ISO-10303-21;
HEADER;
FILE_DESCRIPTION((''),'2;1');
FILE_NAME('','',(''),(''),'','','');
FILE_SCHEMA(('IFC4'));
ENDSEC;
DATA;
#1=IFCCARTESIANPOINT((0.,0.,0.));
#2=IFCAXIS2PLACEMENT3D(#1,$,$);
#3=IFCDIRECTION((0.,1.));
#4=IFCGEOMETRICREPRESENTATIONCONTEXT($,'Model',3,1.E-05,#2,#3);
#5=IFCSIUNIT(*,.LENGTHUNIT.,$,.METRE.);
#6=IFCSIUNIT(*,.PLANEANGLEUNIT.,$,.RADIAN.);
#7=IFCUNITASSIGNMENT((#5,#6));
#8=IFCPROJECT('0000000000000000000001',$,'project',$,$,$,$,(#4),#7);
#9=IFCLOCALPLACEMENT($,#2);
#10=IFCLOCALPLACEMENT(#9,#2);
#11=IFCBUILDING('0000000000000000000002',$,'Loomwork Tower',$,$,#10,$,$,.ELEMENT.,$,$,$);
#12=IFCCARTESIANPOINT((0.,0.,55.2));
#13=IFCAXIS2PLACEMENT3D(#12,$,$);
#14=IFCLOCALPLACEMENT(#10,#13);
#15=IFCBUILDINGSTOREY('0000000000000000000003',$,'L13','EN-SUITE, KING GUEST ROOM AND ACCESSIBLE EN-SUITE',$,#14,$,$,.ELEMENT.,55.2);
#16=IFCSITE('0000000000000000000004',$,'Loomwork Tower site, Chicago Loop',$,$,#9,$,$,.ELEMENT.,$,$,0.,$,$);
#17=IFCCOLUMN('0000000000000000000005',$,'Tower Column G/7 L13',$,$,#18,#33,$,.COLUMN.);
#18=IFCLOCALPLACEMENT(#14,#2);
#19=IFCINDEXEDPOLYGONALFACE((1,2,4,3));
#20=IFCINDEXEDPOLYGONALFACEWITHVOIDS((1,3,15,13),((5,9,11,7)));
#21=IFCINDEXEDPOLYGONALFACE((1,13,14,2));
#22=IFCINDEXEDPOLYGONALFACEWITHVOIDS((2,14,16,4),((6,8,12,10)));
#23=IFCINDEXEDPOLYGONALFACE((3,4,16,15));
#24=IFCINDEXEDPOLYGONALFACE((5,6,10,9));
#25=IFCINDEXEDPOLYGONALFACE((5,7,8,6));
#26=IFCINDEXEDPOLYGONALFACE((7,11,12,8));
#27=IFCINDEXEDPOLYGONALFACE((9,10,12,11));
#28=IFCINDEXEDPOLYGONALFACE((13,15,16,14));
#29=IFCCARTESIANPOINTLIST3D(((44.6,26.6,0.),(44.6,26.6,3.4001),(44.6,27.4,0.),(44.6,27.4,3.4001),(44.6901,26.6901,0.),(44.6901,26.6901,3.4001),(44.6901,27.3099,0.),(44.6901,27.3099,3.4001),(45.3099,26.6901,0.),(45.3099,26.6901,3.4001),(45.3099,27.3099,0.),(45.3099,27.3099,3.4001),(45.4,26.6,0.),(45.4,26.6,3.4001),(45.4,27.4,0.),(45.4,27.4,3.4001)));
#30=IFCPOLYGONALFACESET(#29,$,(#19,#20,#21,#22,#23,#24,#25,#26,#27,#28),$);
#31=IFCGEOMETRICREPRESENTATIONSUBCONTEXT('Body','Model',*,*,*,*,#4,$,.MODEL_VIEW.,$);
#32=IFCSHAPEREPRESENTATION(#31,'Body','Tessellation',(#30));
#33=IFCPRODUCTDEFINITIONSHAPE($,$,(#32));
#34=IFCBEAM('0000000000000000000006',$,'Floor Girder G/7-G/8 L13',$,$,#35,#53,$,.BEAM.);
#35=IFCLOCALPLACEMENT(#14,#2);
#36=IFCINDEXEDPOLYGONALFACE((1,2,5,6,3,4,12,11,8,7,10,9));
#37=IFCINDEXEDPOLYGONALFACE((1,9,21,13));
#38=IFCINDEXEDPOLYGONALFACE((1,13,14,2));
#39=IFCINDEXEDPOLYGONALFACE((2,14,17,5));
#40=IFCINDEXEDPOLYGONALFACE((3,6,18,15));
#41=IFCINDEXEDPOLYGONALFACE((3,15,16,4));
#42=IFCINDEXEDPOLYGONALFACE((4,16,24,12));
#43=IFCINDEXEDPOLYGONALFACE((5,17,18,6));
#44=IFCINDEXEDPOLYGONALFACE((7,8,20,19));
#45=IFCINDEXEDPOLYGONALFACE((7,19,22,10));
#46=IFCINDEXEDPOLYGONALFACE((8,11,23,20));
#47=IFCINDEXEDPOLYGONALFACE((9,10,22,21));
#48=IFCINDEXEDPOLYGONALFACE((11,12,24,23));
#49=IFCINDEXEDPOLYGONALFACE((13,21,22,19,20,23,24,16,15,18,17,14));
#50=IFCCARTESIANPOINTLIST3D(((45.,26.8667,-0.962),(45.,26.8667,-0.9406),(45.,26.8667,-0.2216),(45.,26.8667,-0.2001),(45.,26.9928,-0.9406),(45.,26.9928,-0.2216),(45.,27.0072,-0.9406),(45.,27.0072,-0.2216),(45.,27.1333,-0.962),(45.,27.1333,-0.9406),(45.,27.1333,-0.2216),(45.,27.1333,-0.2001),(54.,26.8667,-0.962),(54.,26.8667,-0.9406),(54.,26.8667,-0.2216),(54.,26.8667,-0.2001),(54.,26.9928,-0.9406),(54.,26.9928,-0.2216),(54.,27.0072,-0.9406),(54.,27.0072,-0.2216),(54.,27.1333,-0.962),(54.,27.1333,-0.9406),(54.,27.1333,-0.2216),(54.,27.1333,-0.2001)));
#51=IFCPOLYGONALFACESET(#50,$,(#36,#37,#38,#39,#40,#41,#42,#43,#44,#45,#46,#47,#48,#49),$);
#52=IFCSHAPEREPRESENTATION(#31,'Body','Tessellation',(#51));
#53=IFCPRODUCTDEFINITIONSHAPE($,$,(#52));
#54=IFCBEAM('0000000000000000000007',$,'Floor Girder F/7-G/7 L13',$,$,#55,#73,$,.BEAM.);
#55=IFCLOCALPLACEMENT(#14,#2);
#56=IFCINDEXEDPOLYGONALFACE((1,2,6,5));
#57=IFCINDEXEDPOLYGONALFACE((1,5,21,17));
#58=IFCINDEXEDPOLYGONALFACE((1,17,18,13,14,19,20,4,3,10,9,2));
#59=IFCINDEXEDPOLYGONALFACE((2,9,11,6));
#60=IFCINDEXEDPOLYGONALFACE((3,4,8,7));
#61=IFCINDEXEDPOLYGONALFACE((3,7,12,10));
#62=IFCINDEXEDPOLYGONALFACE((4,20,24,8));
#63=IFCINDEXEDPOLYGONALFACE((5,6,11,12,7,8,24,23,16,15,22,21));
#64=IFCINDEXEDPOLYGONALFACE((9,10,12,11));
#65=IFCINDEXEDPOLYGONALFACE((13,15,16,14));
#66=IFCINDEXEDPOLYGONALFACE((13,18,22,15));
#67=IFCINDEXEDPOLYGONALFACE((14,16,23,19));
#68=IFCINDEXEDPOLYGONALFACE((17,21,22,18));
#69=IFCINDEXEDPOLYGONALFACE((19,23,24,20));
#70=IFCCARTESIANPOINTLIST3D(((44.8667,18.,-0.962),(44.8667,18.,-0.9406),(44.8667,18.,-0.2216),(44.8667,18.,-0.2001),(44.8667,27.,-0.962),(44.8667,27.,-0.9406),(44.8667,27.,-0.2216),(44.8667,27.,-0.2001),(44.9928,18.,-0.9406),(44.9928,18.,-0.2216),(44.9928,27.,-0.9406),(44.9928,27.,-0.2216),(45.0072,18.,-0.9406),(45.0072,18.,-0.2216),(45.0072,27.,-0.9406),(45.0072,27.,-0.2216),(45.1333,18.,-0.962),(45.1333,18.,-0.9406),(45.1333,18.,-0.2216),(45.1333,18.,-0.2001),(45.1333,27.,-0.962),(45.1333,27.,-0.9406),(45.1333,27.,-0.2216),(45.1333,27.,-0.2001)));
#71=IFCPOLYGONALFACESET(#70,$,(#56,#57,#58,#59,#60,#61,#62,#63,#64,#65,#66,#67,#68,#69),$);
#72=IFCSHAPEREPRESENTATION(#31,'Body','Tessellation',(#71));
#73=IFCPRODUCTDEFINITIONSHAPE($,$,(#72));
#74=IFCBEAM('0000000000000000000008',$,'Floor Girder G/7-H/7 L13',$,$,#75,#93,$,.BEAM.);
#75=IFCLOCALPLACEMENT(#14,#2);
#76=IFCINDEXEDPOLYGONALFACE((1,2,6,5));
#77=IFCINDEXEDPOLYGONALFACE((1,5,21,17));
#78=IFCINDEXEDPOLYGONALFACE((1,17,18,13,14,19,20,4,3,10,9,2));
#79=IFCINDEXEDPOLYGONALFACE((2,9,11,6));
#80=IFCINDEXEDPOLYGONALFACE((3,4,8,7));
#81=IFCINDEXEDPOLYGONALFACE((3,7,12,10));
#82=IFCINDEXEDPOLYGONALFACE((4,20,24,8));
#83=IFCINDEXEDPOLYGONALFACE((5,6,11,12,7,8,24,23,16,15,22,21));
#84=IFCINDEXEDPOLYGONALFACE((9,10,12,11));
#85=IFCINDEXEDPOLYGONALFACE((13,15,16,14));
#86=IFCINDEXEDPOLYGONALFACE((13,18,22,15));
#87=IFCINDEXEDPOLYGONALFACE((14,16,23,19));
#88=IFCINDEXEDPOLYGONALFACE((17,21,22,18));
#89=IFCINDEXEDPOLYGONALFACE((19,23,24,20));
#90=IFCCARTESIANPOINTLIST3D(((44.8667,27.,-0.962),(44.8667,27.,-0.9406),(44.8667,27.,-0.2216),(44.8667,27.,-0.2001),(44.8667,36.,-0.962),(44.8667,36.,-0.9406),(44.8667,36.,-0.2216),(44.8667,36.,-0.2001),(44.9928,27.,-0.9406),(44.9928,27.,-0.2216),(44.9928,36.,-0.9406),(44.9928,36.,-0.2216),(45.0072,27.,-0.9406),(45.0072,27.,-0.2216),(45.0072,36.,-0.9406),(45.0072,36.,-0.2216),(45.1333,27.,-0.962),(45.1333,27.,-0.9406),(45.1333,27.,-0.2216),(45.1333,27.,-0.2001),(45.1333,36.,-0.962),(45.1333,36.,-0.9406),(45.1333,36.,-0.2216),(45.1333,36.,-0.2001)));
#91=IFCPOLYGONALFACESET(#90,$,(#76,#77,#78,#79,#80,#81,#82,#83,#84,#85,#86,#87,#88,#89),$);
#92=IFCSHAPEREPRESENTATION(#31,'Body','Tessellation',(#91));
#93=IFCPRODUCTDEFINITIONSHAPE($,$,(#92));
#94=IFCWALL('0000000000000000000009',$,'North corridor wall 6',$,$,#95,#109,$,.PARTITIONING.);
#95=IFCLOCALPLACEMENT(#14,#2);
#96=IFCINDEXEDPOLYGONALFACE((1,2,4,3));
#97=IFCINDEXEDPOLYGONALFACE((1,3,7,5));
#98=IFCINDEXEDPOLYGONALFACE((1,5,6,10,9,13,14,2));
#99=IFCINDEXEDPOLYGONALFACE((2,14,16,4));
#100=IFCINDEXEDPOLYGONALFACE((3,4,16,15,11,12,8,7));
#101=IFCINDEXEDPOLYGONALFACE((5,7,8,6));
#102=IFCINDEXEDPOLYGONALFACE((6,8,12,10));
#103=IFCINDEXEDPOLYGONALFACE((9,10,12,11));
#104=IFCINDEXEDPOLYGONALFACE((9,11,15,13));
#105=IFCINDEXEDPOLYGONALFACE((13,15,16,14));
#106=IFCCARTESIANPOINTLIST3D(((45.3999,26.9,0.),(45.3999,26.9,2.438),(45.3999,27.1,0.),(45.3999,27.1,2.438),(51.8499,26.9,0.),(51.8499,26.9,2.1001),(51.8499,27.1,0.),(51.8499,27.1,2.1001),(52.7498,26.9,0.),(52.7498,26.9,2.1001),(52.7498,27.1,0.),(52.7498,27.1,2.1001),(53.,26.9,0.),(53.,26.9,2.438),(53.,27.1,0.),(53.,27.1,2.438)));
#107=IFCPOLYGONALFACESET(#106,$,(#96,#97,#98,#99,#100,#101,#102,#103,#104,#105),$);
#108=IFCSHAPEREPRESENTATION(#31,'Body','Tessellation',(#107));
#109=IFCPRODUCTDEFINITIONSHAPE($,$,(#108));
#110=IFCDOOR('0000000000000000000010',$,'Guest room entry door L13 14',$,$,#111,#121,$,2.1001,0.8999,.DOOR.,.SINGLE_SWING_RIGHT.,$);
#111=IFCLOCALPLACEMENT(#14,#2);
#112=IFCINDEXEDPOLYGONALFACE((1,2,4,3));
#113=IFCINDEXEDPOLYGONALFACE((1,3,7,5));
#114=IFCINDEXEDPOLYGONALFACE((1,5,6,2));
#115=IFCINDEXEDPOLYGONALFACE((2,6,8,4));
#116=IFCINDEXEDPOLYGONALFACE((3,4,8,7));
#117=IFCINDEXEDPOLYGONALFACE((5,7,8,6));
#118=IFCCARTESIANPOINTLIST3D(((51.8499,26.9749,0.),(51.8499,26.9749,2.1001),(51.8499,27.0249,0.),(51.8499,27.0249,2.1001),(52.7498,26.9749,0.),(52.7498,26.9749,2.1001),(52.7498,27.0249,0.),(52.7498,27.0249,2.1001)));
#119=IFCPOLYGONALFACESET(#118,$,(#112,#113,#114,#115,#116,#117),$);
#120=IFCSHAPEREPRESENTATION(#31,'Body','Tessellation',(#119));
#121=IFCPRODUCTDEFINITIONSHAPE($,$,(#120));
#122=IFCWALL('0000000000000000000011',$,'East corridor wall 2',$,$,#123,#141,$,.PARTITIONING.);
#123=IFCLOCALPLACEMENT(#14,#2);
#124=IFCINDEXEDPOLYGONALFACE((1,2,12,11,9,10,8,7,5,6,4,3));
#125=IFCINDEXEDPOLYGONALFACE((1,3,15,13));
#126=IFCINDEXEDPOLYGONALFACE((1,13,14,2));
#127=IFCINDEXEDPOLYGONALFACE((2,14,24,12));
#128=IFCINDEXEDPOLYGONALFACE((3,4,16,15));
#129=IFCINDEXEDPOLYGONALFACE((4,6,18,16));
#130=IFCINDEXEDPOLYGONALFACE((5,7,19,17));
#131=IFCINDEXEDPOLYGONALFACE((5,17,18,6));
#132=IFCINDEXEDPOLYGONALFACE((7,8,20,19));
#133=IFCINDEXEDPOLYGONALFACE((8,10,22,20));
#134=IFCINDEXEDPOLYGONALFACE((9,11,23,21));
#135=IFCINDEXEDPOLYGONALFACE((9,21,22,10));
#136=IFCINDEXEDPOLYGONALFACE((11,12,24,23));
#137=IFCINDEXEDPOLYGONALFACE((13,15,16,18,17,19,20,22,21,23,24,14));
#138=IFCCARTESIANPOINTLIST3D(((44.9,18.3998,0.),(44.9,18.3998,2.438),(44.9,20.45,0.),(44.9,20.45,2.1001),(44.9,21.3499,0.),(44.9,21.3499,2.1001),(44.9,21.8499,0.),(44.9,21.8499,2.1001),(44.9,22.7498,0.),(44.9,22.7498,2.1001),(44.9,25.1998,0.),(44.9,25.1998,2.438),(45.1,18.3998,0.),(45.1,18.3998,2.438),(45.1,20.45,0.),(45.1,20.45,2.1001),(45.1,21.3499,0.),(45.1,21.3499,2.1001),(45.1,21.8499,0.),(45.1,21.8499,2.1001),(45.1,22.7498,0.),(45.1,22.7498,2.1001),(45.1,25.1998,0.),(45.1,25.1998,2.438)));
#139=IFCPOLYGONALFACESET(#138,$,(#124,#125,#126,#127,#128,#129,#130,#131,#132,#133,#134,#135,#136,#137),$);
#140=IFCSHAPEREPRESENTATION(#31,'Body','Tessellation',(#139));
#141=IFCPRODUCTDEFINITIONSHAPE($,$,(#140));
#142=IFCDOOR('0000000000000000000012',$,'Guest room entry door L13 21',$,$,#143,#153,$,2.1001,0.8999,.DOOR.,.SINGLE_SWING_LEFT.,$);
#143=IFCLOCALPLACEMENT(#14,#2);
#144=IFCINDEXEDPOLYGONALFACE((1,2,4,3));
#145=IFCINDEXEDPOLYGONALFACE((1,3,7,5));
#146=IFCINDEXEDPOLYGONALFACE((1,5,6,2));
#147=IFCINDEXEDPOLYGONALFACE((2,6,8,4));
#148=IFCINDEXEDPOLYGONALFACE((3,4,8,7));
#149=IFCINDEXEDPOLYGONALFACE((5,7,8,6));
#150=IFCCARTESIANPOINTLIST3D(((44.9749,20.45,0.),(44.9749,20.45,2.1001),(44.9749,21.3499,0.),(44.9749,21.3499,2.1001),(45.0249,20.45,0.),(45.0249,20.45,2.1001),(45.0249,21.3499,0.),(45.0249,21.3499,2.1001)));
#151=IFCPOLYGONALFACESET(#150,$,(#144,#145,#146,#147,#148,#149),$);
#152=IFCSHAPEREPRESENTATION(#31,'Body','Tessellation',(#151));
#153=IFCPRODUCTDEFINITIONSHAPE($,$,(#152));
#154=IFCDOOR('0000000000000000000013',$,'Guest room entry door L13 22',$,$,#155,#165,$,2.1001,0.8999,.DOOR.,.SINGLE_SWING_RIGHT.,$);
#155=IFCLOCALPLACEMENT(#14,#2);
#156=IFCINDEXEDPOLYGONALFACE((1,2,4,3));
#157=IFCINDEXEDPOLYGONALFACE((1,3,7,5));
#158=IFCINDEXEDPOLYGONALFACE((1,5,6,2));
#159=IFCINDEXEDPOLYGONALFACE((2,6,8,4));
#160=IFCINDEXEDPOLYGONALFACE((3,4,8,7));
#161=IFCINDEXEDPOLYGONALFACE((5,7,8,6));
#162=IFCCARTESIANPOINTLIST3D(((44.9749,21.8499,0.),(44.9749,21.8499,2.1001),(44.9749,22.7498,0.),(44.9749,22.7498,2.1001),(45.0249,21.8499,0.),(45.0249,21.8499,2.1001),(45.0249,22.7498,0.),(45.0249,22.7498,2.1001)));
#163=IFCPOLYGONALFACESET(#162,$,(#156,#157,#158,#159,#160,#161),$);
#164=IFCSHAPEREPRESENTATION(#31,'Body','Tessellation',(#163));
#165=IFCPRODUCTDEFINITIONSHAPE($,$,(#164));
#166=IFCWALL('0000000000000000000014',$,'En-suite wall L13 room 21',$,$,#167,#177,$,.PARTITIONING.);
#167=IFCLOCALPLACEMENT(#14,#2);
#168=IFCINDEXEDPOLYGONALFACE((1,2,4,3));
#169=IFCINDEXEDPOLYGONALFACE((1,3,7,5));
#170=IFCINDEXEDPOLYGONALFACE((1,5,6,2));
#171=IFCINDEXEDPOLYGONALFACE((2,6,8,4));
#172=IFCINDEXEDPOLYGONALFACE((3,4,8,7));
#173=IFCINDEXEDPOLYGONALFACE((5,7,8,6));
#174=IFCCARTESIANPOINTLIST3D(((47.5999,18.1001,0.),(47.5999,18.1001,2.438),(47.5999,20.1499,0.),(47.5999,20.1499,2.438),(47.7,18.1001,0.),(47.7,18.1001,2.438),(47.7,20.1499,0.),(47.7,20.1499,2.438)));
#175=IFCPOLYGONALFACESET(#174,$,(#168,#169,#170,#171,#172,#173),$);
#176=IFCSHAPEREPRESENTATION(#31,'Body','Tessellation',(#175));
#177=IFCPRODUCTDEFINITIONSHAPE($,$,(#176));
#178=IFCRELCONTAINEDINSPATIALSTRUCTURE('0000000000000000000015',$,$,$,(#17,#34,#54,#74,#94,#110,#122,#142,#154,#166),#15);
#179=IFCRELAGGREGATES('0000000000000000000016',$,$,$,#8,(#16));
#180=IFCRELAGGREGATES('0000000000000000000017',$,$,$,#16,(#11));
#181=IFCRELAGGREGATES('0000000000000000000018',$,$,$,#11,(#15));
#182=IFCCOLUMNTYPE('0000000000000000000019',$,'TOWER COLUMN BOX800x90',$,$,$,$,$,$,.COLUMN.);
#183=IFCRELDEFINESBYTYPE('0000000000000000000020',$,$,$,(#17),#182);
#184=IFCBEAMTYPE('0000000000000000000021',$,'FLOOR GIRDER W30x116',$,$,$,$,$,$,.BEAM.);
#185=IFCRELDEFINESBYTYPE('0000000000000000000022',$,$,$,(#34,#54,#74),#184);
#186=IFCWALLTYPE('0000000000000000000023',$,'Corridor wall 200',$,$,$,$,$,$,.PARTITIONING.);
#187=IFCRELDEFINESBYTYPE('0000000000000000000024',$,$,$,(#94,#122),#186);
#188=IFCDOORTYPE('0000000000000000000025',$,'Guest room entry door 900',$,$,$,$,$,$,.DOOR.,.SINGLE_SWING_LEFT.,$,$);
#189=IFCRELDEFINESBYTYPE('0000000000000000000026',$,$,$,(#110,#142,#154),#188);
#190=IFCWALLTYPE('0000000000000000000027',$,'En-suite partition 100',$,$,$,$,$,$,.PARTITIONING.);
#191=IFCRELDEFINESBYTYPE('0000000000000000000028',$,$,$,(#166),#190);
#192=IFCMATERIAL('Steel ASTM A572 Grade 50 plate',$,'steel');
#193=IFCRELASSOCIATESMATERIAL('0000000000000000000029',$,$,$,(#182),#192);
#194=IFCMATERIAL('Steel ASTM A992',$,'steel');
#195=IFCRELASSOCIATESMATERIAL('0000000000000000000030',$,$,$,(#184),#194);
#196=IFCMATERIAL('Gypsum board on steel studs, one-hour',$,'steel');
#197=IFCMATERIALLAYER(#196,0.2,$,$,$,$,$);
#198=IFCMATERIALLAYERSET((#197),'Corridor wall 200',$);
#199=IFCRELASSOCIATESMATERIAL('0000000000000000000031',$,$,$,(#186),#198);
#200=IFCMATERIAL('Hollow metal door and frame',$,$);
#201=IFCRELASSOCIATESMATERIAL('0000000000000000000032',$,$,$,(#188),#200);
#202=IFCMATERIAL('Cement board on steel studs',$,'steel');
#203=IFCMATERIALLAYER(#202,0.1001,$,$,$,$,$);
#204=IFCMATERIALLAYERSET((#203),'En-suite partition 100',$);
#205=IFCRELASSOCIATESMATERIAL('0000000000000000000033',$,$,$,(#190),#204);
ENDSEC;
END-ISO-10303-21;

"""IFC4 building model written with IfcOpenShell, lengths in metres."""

from ifc_helpers import new_model, si_unit, direction, frame, frame_2d, origin, origin_2d, place, context, subcontext, project, spatial, rectangle, hollow_rectangle, i_section, extrude, material, layer, layer_set, material_profile, profile_set, type_object, element, fill, save


model = new_model("IFC4")

# Units and contexts
model_context = context("Model", 3, precision=1e-05, world=origin(), true_north=direction((0.0, 1.0)))
body_context = subcontext(model_context, "Body", "Model", "MODEL_VIEW")
ifc_project = project(units=[si_unit("LENGTHUNIT", "METRE"), si_unit("PLANEANGLEUNIT", "RADIAN")], contexts=[model_context])

# Site, building, storey
site_placement = place(None, origin())
site = spatial("IfcSite", under=ifc_project, at=site_placement, Name="Loomwork Tower site, Chicago Loop", CompositionType="ELEMENT", RefElevation=0.0)
building_placement = place(site_placement, origin())
building = spatial("IfcBuilding", under=site, at=building_placement, Name="Loomwork Tower", CompositionType="ELEMENT")
storey_placement = place(building_placement, frame((0.0, 0.0, 55.2)))
storey = spatial("IfcBuildingStorey", under=building, at=storey_placement, Name="L13", Description="EN-SUITE, KING GUEST ROOM AND ACCESSIBLE EN-SUITE", CompositionType="ELEMENT", Elevation=55.2)

# Column
ifc_material_1 = material(Name="Steel ASTM A572 Grade 50 plate", Category="steel")
ifc_material_profile_1 = material_profile(ifc_material_1, hollow_rectangle(XDim=0.8, YDim=0.8, WallThickness=0.0901, at=origin_2d()), Name="BOX800x90")
ifc_profile_set_1 = profile_set([ifc_material_profile_1], Name="Steel ASTM A572 Grade 50 plate")
column_type = type_object("IfcColumnType", Name="TOWER COLUMN BOX800x90", PredefinedType="COLUMN", material=ifc_profile_set_1)
column_placement = place(storey_placement, frame((45.0, 27.0, 0.0), z_axis=(0.0, 0.0, 1.0), x_axis=(0.0, 1.0, 0.0)))
element("IfcColumn", 1, at=column_placement, inside=storey, type_object=column_type, Name="Tower Column G/7 L13", PredefinedType="COLUMN", context=body_context, shape_type="SweptSolid", body=[
    extrude(hollow_rectangle(XDim=0.8, YDim=0.8, WallThickness=0.0901, at=origin_2d()), origin(), (0.0, 0.0, 1.0), 3.4001),
])

# Beams
ifc_material_2 = material(Name="Steel ASTM A992", Category="steel")
ifc_material_profile_2 = material_profile(ifc_material_2, i_section(OverallWidth=0.2666, OverallDepth=0.762, WebThickness=0.0144, FlangeThickness=0.0215, at=origin_2d()), Name="W30x116")
ifc_profile_set_2 = profile_set([ifc_material_profile_2], Name="Steel ASTM A992")
beam_type = type_object("IfcBeamType", Name="FLOOR GIRDER W30x116", PredefinedType="BEAM", material=ifc_profile_set_2)
for number, where, z_axis, x_axis, name in (
    (2, (45.0, 27.0, -0.5811), (1.0, 0.0, 0.0), (0.0, 1.0, 0.0), "Floor Girder G/7-G/8 L13"),
    (3, (45.0, 18.0, -0.5811), (0.0, 1.0, 0.0), (-1.0, 0.0, 0.0), "Floor Girder F/7-G/7 L13"),
    (4, (45.0, 27.0, -0.5811), (0.0, 1.0, 0.0), (-1.0, 0.0, 0.0), "Floor Girder G/7-H/7 L13"),
):
    element("IfcBeam", number, at=place(storey_placement, frame(where, z_axis=z_axis, x_axis=x_axis)), inside=storey, type_object=beam_type, Name=name, PredefinedType="BEAM", context=body_context, shape_type="SweptSolid", body=[
        extrude(i_section(OverallWidth=0.2666, OverallDepth=0.762, WebThickness=0.0144, FlangeThickness=0.0215, at=origin_2d()), origin(), (0.0, 0.0, 1.0), 9.0),
    ])

# Wall, opening, door
ifc_material_3 = material(Name="Gypsum board on steel studs, one-hour", Category="steel")
ifc_layer_1 = layer(ifc_material_3, 0.2)
ifc_layer_set_1 = layer_set([ifc_layer_1], Name="Corridor wall 200")
wall_type_1 = type_object("IfcWallType", Name="Corridor wall 200", PredefinedType="PARTITIONING", material=ifc_layer_set_1)
wall_1_placement = place(storey_placement, frame((45.3999, 27.0, 0.0), z_axis=(0.0, 0.0, 1.0), x_axis=(1.0, 0.0, 0.0)))
wall_1 = element("IfcWall", 5, at=wall_1_placement, inside=storey, type_object=wall_type_1, Name="North corridor wall 6", PredefinedType="PARTITIONING", context=body_context, shape_type="SweptSolid", body=[
    extrude(rectangle(XDim=7.6001, YDim=0.2, at=frame_2d((3.8, 0.0))), origin(), (0.0, 0.0, 1.0), 2.438),
])
opening_1_placement = place(wall_1_placement, frame((6.45, 0.0, 0.0)))
opening_1 = element("IfcOpeningElement", 6, at=opening_1_placement, cuts=wall_1, PredefinedType="OPENING", context=body_context, shape_type="SweptSolid", body=[
    extrude(rectangle(XDim=0.8999, YDim=2.1001, at=frame_2d((0.45, 1.05))), frame((0.0, 0.1099, 0.0), z_axis=(0.0, -1.0, 0.0), x_axis=(1.0, 0.0, 0.0)), (0.0, 0.0, 1.0), 0.22),
])
ifc_material_4 = material(Name="Hollow metal door and frame")
door_type_1 = type_object("IfcDoorType", Name="Guest room entry door 900", OperationType="SINGLE_SWING_LEFT", PredefinedType="DOOR", material=ifc_material_4)
door_1_placement = place(opening_1_placement, origin())
door_1 = element("IfcDoor", 7, at=door_1_placement, inside=storey, type_object=door_type_1, Name="Guest room entry door L13 14", OperationType="SINGLE_SWING_RIGHT", OverallHeight=2.1001, OverallWidth=0.8999, PredefinedType="DOOR", context=body_context, shape_type="SweptSolid", body=[
    extrude(rectangle(XDim=0.8999, YDim=2.1001, at=frame_2d((0.45, 1.05))), frame((0.0, 0.0249, 0.0), z_axis=(0.0, -1.0, 0.0), x_axis=(1.0, 0.0, 0.0)), (0.0, 0.0, 1.0), 0.05),
])
fill(opening_1, door_1)

# Wall, openings, doors
wall_2_placement = place(storey_placement, frame((45.0, 18.3999, 0.0), z_axis=(0.0, 0.0, 1.0), x_axis=(0.0, 1.0, 0.0)))
wall_2 = element("IfcWall", 8, at=wall_2_placement, inside=storey, type_object=wall_type_1, Name="East corridor wall 2", PredefinedType="PARTITIONING", context=body_context, shape_type="SweptSolid", body=[
    extrude(rectangle(XDim=6.8, YDim=0.2, at=frame_2d((3.3999, 0.0))), origin(), (0.0, 0.0, 1.0), 2.438),
])
opening_2_placement = place(wall_2_placement, frame((2.05, 0.0, 0.0)))
opening_2 = element("IfcOpeningElement", 9, at=opening_2_placement, cuts=wall_2, PredefinedType="OPENING", context=body_context, shape_type="SweptSolid", body=[
    extrude(rectangle(XDim=0.8999, YDim=2.1001, at=frame_2d((0.45, 1.05))), frame((0.0, 0.1099, 0.0), z_axis=(0.0, -1.0, 0.0), x_axis=(1.0, 0.0, 0.0)), (0.0, 0.0, 1.0), 0.22),
])
opening_3_placement = place(wall_2_placement, frame((3.45, 0.0, 0.0)))
opening_3 = element("IfcOpeningElement", 10, at=opening_3_placement, cuts=wall_2, PredefinedType="OPENING", context=body_context, shape_type="SweptSolid", body=[
    extrude(rectangle(XDim=0.8999, YDim=2.1001, at=frame_2d((0.45, 1.05))), frame((0.0, 0.1099, 0.0), z_axis=(0.0, -1.0, 0.0), x_axis=(1.0, 0.0, 0.0)), (0.0, 0.0, 1.0), 0.22),
])
door_2_placement = place(opening_2_placement, frame((0.8999, 0.0, 0.0), z_axis=(0.0, 0.0, 1.0), x_axis=(-1.0, 0.0, 0.0)))
door_2 = element("IfcDoor", 11, at=door_2_placement, inside=storey, type_object=door_type_1, Name="Guest room entry door L13 21", OperationType="SINGLE_SWING_LEFT", OverallHeight=2.1001, OverallWidth=0.8999, PredefinedType="DOOR", context=body_context, shape_type="SweptSolid", body=[
    extrude(rectangle(XDim=0.8999, YDim=2.1001, at=frame_2d((0.45, 1.05))), frame((0.0, 0.0249, 0.0), z_axis=(0.0, -1.0, 0.0), x_axis=(1.0, 0.0, 0.0)), (0.0, 0.0, 1.0), 0.05),
])
fill(opening_2, door_2)
door_3_placement = place(opening_3_placement, frame((0.8999, 0.0, 0.0), z_axis=(0.0, 0.0, 1.0), x_axis=(-1.0, 0.0, 0.0)))
door_3 = element("IfcDoor", 12, at=door_3_placement, inside=storey, type_object=door_type_1, Name="Guest room entry door L13 22", OperationType="SINGLE_SWING_RIGHT", OverallHeight=2.1001, OverallWidth=0.8999, PredefinedType="DOOR", context=body_context, shape_type="SweptSolid", body=[
    extrude(rectangle(XDim=0.8999, YDim=2.1001, at=frame_2d((0.45, 1.05))), frame((0.0, 0.0249, 0.0), z_axis=(0.0, -1.0, 0.0), x_axis=(1.0, 0.0, 0.0)), (0.0, 0.0, 1.0), 0.05),
])
fill(opening_3, door_3)

# Wall
ifc_material_5 = material(Name="Cement board on steel studs", Category="steel")
ifc_layer_2 = layer(ifc_material_5, 0.1001)
ifc_layer_set_2 = layer_set([ifc_layer_2], Name="En-suite partition 100")
wall_type_2 = type_object("IfcWallType", Name="En-suite partition 100", PredefinedType="PARTITIONING", material=ifc_layer_set_2)
wall_3_placement = place(storey_placement, frame((47.6499, 18.1001, 0.0), z_axis=(0.0, 0.0, 1.0), x_axis=(0.0, 1.0, 0.0)))
element("IfcWall", 13, at=wall_3_placement, inside=storey, type_object=wall_type_2, Name="En-suite wall L13 room 21", PredefinedType="PARTITIONING", context=body_context, shape_type="SweptSolid", body=[
    extrude(rectangle(XDim=2.0498, YDim=0.1001, at=frame_2d((1.0249, 0.0))), origin(), (0.0, 0.0, 1.0), 2.438),
])

save(model, "model.ifc")
